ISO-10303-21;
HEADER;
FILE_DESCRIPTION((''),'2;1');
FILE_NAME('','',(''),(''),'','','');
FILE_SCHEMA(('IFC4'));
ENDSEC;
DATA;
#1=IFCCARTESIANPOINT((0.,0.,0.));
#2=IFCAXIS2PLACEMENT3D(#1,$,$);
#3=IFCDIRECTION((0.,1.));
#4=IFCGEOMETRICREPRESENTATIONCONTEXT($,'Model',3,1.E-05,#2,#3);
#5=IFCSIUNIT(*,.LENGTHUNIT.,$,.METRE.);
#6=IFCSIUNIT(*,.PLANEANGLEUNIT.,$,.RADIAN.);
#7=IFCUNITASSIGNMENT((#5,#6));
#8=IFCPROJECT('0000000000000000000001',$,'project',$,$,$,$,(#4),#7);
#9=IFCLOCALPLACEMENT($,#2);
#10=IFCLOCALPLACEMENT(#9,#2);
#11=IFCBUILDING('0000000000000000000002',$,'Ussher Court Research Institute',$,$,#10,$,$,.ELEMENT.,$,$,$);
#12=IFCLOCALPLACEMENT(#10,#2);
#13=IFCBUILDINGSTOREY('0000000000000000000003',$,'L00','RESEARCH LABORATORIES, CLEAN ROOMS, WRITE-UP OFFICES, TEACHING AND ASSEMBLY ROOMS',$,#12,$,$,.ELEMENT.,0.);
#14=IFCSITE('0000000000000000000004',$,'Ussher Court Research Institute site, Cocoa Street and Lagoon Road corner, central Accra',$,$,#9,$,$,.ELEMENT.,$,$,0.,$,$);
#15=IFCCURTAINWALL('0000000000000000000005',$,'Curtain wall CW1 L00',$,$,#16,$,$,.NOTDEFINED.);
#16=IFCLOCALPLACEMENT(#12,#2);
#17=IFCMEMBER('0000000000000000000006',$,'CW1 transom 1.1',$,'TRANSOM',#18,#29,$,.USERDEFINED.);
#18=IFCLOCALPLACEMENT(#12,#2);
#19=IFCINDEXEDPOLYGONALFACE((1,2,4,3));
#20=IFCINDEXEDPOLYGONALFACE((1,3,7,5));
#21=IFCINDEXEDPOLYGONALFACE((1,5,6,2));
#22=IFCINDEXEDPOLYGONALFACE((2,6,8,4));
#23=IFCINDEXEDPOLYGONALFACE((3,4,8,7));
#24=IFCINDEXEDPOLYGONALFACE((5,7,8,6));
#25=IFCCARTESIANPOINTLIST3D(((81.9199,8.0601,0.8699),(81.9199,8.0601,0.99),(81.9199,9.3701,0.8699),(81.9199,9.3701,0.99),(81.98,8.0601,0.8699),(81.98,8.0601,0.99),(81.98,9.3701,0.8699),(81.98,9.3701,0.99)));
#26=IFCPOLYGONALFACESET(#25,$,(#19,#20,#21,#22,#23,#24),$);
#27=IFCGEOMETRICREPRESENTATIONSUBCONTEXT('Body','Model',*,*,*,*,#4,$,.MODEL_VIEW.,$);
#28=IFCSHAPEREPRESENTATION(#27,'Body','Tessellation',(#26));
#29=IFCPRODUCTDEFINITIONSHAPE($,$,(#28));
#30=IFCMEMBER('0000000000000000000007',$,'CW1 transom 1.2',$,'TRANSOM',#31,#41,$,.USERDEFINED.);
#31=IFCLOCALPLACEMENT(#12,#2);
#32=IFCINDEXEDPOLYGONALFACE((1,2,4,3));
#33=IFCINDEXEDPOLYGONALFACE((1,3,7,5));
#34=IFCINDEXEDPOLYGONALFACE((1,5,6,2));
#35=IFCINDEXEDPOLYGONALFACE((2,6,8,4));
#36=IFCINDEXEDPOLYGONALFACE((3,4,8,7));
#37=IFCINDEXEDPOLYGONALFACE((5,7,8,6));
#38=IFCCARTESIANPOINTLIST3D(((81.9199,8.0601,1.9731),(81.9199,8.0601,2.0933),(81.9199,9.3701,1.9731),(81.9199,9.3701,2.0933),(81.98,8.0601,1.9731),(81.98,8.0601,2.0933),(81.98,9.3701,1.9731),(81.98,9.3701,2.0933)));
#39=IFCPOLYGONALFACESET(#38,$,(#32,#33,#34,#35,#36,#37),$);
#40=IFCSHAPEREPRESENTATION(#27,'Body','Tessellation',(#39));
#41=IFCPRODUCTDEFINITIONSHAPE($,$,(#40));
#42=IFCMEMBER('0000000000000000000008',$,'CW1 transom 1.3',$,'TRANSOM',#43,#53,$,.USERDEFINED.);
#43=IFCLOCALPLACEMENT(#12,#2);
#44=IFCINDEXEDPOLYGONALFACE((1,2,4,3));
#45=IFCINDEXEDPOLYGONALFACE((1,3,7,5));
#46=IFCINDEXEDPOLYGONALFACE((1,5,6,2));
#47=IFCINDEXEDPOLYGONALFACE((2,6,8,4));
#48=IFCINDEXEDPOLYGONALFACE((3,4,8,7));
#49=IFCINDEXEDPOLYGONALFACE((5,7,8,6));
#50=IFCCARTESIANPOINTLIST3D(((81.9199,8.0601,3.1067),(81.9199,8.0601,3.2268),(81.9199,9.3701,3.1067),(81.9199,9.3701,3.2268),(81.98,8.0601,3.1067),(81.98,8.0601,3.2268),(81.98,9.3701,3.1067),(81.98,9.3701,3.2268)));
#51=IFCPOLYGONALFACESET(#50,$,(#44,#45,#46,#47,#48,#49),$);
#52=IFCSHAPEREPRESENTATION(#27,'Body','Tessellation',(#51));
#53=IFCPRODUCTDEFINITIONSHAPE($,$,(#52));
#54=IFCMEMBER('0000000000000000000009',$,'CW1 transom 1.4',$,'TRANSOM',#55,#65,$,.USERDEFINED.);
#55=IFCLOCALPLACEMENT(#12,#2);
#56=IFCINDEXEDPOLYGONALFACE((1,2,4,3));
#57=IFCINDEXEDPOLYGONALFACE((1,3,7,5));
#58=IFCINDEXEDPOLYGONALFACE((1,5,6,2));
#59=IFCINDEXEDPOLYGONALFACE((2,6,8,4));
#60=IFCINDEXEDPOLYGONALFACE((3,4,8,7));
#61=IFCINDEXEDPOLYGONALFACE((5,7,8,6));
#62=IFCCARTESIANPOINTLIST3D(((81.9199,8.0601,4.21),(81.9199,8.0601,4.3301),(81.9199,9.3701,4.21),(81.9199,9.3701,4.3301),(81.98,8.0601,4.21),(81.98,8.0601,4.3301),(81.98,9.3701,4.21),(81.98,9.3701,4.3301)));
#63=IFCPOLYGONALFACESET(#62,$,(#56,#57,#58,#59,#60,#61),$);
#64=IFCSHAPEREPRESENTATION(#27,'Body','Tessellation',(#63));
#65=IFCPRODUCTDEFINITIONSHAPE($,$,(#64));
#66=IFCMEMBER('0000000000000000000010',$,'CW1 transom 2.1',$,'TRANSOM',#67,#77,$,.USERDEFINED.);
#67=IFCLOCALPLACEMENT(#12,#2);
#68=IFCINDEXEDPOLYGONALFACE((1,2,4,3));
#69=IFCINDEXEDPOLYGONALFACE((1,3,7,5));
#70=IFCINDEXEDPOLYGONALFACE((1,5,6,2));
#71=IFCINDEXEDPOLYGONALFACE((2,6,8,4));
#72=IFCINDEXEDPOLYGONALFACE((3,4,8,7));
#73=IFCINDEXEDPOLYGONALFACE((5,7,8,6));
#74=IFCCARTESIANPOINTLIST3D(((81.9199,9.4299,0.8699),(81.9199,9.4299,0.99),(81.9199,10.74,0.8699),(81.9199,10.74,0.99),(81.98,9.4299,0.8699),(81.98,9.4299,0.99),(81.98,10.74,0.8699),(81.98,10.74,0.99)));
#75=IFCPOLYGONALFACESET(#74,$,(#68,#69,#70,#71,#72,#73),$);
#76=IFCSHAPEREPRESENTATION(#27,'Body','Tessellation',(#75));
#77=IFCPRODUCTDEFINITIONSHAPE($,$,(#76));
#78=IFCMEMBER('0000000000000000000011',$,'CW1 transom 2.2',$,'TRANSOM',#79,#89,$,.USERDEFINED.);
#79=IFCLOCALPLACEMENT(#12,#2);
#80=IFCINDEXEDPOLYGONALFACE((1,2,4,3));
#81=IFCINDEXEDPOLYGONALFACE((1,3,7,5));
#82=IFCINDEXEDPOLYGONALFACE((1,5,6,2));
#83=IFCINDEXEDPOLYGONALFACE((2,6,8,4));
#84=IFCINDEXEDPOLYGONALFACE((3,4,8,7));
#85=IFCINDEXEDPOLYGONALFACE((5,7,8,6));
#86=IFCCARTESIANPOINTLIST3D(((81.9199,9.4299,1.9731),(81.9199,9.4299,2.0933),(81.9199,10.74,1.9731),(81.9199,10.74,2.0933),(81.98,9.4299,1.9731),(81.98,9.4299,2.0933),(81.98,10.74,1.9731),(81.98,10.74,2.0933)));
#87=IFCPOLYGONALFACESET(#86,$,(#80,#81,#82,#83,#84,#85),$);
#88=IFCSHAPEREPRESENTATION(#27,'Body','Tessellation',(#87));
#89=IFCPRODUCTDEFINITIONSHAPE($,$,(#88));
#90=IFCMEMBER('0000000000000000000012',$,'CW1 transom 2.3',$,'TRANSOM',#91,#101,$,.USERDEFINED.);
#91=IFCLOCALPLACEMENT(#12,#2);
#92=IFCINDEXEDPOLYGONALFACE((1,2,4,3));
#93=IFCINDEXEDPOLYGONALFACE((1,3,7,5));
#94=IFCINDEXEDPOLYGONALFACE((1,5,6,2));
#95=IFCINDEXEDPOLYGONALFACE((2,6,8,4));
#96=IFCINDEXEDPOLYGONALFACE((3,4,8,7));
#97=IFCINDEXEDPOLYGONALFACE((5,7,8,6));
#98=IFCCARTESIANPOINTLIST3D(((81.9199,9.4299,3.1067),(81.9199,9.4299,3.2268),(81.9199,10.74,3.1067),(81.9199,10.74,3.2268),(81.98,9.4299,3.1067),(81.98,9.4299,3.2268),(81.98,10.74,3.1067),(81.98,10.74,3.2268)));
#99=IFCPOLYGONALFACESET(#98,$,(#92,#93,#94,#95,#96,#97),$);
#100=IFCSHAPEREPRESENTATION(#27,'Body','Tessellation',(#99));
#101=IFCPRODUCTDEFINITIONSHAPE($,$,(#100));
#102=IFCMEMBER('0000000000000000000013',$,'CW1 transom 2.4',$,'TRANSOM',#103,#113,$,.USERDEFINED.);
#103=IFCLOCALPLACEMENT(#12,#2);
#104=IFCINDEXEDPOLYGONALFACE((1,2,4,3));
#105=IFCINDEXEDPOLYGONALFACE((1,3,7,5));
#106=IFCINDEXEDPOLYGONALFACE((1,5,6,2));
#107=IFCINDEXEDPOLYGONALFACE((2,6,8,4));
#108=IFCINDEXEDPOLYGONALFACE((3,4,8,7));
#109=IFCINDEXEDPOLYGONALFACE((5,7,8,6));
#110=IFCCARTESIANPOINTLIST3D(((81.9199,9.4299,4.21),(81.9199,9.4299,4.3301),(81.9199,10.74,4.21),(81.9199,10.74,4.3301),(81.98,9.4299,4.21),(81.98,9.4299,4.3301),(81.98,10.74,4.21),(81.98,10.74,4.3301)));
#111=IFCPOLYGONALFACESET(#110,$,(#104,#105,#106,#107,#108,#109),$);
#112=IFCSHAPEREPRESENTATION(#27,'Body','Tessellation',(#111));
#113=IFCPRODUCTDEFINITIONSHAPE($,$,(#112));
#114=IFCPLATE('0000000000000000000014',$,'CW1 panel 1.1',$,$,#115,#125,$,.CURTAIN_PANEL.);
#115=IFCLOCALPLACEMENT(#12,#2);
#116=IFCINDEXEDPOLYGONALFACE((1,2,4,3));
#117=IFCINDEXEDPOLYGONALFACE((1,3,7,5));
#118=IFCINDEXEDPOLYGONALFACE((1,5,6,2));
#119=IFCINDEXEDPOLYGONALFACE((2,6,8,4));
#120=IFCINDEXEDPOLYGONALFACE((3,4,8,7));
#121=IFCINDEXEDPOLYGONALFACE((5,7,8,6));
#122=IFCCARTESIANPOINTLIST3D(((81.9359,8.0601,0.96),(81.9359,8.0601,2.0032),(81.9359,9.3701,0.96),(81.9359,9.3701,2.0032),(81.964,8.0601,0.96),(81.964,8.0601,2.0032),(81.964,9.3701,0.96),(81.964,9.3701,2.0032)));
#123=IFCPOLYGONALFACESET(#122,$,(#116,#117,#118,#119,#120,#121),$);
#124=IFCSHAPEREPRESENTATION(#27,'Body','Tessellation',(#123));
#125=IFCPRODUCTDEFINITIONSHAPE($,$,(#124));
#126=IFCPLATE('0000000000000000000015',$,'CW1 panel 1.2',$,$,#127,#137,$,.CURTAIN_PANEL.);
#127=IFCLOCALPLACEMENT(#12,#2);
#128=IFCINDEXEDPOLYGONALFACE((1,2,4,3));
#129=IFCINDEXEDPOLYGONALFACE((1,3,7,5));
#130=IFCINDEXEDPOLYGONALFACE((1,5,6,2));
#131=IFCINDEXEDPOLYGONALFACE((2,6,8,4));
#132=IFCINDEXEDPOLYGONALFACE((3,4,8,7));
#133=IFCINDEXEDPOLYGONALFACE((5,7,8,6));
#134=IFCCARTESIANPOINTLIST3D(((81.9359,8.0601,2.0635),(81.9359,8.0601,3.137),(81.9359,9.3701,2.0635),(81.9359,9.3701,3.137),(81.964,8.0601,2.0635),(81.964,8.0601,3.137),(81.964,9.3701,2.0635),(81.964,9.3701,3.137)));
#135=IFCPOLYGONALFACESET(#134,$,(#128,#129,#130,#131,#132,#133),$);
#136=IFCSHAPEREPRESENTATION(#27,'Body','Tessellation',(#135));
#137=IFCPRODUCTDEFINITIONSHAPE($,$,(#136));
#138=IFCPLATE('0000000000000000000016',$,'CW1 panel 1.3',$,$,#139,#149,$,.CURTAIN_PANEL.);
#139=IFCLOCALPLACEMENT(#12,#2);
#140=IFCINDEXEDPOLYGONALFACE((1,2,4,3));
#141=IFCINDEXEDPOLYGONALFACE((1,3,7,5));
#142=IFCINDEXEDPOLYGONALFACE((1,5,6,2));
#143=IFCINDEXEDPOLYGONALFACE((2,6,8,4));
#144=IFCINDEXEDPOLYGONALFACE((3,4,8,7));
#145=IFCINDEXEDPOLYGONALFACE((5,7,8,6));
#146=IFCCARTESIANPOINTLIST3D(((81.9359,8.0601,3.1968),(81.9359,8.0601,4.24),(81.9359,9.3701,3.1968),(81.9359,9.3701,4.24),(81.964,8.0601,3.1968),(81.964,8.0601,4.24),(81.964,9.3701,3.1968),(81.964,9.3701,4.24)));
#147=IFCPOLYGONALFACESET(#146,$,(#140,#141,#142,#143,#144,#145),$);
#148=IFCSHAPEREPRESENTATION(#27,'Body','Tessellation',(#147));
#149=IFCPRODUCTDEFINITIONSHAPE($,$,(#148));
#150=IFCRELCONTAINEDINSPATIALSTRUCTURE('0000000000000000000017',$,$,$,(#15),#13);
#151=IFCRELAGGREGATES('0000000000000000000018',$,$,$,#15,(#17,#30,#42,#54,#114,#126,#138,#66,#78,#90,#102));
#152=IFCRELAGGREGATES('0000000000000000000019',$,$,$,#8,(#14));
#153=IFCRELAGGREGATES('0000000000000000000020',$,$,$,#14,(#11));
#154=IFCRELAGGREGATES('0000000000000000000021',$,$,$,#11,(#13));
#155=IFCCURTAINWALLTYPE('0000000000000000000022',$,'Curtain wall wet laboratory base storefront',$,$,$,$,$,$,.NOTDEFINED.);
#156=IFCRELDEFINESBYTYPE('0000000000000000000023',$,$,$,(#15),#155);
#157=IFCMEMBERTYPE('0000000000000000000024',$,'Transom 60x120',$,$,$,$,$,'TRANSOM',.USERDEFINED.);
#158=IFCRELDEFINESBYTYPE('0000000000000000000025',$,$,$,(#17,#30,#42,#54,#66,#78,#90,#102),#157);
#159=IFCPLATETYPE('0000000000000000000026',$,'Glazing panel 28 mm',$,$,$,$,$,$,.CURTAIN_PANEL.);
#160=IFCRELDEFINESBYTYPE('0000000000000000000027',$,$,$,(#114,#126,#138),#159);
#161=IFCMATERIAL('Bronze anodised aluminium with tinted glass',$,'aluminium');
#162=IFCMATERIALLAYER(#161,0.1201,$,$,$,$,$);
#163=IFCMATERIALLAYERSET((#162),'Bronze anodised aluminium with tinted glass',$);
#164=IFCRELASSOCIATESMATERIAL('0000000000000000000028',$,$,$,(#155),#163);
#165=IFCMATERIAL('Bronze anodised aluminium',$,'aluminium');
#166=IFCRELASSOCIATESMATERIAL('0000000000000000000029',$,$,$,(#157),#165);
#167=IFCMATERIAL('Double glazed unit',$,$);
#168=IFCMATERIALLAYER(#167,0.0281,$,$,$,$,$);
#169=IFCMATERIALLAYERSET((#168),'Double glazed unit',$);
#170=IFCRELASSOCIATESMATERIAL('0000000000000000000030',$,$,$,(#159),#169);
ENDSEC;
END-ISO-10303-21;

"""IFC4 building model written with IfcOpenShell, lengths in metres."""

from ifc_helpers import new_model, si_unit, direction, frame, origin, origin_2d, place, context, subcontext, project, spatial, rectangle, extrude, material, layer, layer_set, material_profile, profile_set, type_object, element, aggregate, save


model = new_model("IFC4")

# Units and contexts
model_context = context("Model", 3, precision=1e-05, world=origin(), true_north=direction((0.0, 1.0)))
body_context = subcontext(model_context, "Body", "Model", "MODEL_VIEW")
ifc_project = project(units=[si_unit("LENGTHUNIT", "METRE"), si_unit("PLANEANGLEUNIT", "RADIAN")], contexts=[model_context])

# Site, building, storey
site_placement = place(None, origin())
site = spatial("IfcSite", under=ifc_project, at=site_placement, Name="Ussher Court Research Institute site, Cocoa Street and Lagoon Road corner, central Accra", CompositionType="ELEMENT", RefElevation=0.0)
building_placement = place(site_placement, origin())
building = spatial("IfcBuilding", under=site, at=building_placement, Name="Ussher Court Research Institute", CompositionType="ELEMENT")
storey_placement = place(building_placement, origin())
storey = spatial("IfcBuildingStorey", under=building, at=storey_placement, Name="L00", Description="RESEARCH LABORATORIES, CLEAN ROOMS, WRITE-UP OFFICES, TEACHING AND ASSEMBLY ROOMS", CompositionType="ELEMENT", Elevation=0.0)

# Curtain wall, members, plates
ifc_material_1 = material(Name="Bronze anodised aluminium with tinted glass", Category="aluminium")
ifc_layer_1 = layer(ifc_material_1, 0.1201)
ifc_layer_set_1 = layer_set([ifc_layer_1], Name="Bronze anodised aluminium with tinted glass")
curtain_wall_type = type_object("IfcCurtainWallType", Name="Curtain wall wet laboratory base storefront", PredefinedType="NOTDEFINED", material=ifc_layer_set_1)
curtain_wall_placement = place(storey_placement, origin())
curtain_wall = element("IfcCurtainWall", 1, at=curtain_wall_placement, inside=storey, type_object=curtain_wall_type, Name="Curtain wall CW1 L00", PredefinedType="NOTDEFINED")
ifc_material_2 = material(Name="Bronze anodised aluminium", Category="aluminium")
ifc_material_profile_1 = material_profile(ifc_material_2, rectangle(XDim=0.0601, YDim=0.1201, at=origin_2d()), Name="Transom 60x120")
ifc_profile_set_1 = profile_set([ifc_material_profile_1], Name="Bronze anodised aluminium")
member_type_1 = type_object("IfcMemberType", Name="Transom 60x120", ElementType="TRANSOM", PredefinedType="USERDEFINED", material=ifc_profile_set_1)
member_1_placement = place(storey_placement, frame((81.95, 8.0601, 0.9299), z_axis=(0.0, 1.0, 0.0), x_axis=(-1.0, 0.0, 0.0)))
member_1 = element("IfcMember", 2, at=member_1_placement, type_object=member_type_1, Name="CW1 transom 1.1", ObjectType="TRANSOM", PredefinedType="USERDEFINED", context=body_context, shape_type="SweptSolid", body=[
    extrude(rectangle(XDim=0.0601, YDim=0.1201, at=origin_2d()), origin(), (0.0, 0.0, 1.0), 1.3101),
])
member_2_placement = place(storey_placement, frame((81.95, 8.0601, 2.0332), z_axis=(0.0, 1.0, 0.0), x_axis=(-1.0, 0.0, 0.0)))
member_2 = element("IfcMember", 3, at=member_2_placement, type_object=member_type_1, Name="CW1 transom 1.2", ObjectType="TRANSOM", PredefinedType="USERDEFINED", context=body_context, shape_type="SweptSolid", body=[
    extrude(rectangle(XDim=0.0601, YDim=0.1201, at=origin_2d()), origin(), (0.0, 0.0, 1.0), 1.3101),
])
member_3_placement = place(storey_placement, frame((81.95, 8.0601, 3.1667), z_axis=(0.0, 1.0, 0.0), x_axis=(-1.0, 0.0, 0.0)))
member_3 = element("IfcMember", 4, at=member_3_placement, type_object=member_type_1, Name="CW1 transom 1.3", ObjectType="TRANSOM", PredefinedType="USERDEFINED", context=body_context, shape_type="SweptSolid", body=[
    extrude(rectangle(XDim=0.0601, YDim=0.1201, at=origin_2d()), origin(), (0.0, 0.0, 1.0), 1.3101),
])
member_4_placement = place(storey_placement, frame((81.95, 8.0601, 4.27), z_axis=(0.0, 1.0, 0.0), x_axis=(-1.0, 0.0, 0.0)))
member_4 = element("IfcMember", 5, at=member_4_placement, type_object=member_type_1, Name="CW1 transom 1.4", ObjectType="TRANSOM", PredefinedType="USERDEFINED", context=body_context, shape_type="SweptSolid", body=[
    extrude(rectangle(XDim=0.0601, YDim=0.1201, at=origin_2d()), origin(), (0.0, 0.0, 1.0), 1.3101),
])
member_5_placement = place(storey_placement, frame((81.95, 9.4299, 0.9299), z_axis=(0.0, 1.0, 0.0), x_axis=(-1.0, 0.0, 0.0)))
member_5 = element("IfcMember", 6, at=member_5_placement, type_object=member_type_1, Name="CW1 transom 2.1", ObjectType="TRANSOM", PredefinedType="USERDEFINED", context=body_context, shape_type="SweptSolid", body=[
    extrude(rectangle(XDim=0.0601, YDim=0.1201, at=origin_2d()), origin(), (0.0, 0.0, 1.0), 1.3101),
])
member_6_placement = place(storey_placement, frame((81.95, 9.4299, 2.0332), z_axis=(0.0, 1.0, 0.0), x_axis=(-1.0, 0.0, 0.0)))
member_6 = element("IfcMember", 7, at=member_6_placement, type_object=member_type_1, Name="CW1 transom 2.2", ObjectType="TRANSOM", PredefinedType="USERDEFINED", context=body_context, shape_type="SweptSolid", body=[
    extrude(rectangle(XDim=0.0601, YDim=0.1201, at=origin_2d()), origin(), (0.0, 0.0, 1.0), 1.3101),
])
member_7_placement = place(storey_placement, frame((81.95, 9.4299, 3.1667), z_axis=(0.0, 1.0, 0.0), x_axis=(-1.0, 0.0, 0.0)))
member_7 = element("IfcMember", 8, at=member_7_placement, type_object=member_type_1, Name="CW1 transom 2.3", ObjectType="TRANSOM", PredefinedType="USERDEFINED", context=body_context, shape_type="SweptSolid", body=[
    extrude(rectangle(XDim=0.0601, YDim=0.1201, at=origin_2d()), origin(), (0.0, 0.0, 1.0), 1.3101),
])
member_8_placement = place(storey_placement, frame((81.95, 9.4299, 4.27), z_axis=(0.0, 1.0, 0.0), x_axis=(-1.0, 0.0, 0.0)))
member_8 = element("IfcMember", 9, at=member_8_placement, type_object=member_type_1, Name="CW1 transom 2.4", ObjectType="TRANSOM", PredefinedType="USERDEFINED", context=body_context, shape_type="SweptSolid", body=[
    extrude(rectangle(XDim=0.0601, YDim=0.1201, at=origin_2d()), origin(), (0.0, 0.0, 1.0), 1.3101),
])
ifc_material_3 = material(Name="Double glazed unit")
ifc_layer_2 = layer(ifc_material_3, 0.0281)
ifc_layer_set_2 = layer_set([ifc_layer_2], Name="Double glazed unit")
plate_type = type_object("IfcPlateType", Name="Glazing panel 28 mm", PredefinedType="CURTAIN_PANEL", material=ifc_layer_set_2)
plate_1_placement = place(storey_placement, frame((81.95, 8.7151, 0.96), z_axis=(0.0, 0.0, 1.0), x_axis=(0.0, 1.0, 0.0)))
plate_1 = element("IfcPlate", 10, at=plate_1_placement, type_object=plate_type, Name="CW1 panel 1.1", PredefinedType="CURTAIN_PANEL", context=body_context, shape_type="SweptSolid", body=[
    extrude(rectangle(XDim=1.3101, YDim=0.0281, at=origin_2d()), origin(), (0.0, 0.0, 1.0), 1.0432),
])
plate_2_placement = place(storey_placement, frame((81.95, 8.7151, 2.0635), z_axis=(0.0, 0.0, 1.0), x_axis=(0.0, 1.0, 0.0)))
plate_2 = element("IfcPlate", 11, at=plate_2_placement, type_object=plate_type, Name="CW1 panel 1.2", PredefinedType="CURTAIN_PANEL", context=body_context, shape_type="SweptSolid", body=[
    extrude(rectangle(XDim=1.3101, YDim=0.0281, at=origin_2d()), origin(), (0.0, 0.0, 1.0), 1.0735),
])
plate_3_placement = place(storey_placement, frame((81.95, 8.7151, 3.1968), z_axis=(0.0, 0.0, 1.0), x_axis=(0.0, 1.0, 0.0)))
plate_3 = element("IfcPlate", 12, at=plate_3_placement, type_object=plate_type, Name="CW1 panel 1.3", PredefinedType="CURTAIN_PANEL", context=body_context, shape_type="SweptSolid", body=[
    extrude(rectangle(XDim=1.3101, YDim=0.0281, at=origin_2d()), origin(), (0.0, 0.0, 1.0), 1.0432),
])
aggregate(curtain_wall, [member_1, member_2, member_3, member_4, plate_1, plate_2, plate_3, member_5, member_6, member_7, member_8])

save(model, "model.ifc")
